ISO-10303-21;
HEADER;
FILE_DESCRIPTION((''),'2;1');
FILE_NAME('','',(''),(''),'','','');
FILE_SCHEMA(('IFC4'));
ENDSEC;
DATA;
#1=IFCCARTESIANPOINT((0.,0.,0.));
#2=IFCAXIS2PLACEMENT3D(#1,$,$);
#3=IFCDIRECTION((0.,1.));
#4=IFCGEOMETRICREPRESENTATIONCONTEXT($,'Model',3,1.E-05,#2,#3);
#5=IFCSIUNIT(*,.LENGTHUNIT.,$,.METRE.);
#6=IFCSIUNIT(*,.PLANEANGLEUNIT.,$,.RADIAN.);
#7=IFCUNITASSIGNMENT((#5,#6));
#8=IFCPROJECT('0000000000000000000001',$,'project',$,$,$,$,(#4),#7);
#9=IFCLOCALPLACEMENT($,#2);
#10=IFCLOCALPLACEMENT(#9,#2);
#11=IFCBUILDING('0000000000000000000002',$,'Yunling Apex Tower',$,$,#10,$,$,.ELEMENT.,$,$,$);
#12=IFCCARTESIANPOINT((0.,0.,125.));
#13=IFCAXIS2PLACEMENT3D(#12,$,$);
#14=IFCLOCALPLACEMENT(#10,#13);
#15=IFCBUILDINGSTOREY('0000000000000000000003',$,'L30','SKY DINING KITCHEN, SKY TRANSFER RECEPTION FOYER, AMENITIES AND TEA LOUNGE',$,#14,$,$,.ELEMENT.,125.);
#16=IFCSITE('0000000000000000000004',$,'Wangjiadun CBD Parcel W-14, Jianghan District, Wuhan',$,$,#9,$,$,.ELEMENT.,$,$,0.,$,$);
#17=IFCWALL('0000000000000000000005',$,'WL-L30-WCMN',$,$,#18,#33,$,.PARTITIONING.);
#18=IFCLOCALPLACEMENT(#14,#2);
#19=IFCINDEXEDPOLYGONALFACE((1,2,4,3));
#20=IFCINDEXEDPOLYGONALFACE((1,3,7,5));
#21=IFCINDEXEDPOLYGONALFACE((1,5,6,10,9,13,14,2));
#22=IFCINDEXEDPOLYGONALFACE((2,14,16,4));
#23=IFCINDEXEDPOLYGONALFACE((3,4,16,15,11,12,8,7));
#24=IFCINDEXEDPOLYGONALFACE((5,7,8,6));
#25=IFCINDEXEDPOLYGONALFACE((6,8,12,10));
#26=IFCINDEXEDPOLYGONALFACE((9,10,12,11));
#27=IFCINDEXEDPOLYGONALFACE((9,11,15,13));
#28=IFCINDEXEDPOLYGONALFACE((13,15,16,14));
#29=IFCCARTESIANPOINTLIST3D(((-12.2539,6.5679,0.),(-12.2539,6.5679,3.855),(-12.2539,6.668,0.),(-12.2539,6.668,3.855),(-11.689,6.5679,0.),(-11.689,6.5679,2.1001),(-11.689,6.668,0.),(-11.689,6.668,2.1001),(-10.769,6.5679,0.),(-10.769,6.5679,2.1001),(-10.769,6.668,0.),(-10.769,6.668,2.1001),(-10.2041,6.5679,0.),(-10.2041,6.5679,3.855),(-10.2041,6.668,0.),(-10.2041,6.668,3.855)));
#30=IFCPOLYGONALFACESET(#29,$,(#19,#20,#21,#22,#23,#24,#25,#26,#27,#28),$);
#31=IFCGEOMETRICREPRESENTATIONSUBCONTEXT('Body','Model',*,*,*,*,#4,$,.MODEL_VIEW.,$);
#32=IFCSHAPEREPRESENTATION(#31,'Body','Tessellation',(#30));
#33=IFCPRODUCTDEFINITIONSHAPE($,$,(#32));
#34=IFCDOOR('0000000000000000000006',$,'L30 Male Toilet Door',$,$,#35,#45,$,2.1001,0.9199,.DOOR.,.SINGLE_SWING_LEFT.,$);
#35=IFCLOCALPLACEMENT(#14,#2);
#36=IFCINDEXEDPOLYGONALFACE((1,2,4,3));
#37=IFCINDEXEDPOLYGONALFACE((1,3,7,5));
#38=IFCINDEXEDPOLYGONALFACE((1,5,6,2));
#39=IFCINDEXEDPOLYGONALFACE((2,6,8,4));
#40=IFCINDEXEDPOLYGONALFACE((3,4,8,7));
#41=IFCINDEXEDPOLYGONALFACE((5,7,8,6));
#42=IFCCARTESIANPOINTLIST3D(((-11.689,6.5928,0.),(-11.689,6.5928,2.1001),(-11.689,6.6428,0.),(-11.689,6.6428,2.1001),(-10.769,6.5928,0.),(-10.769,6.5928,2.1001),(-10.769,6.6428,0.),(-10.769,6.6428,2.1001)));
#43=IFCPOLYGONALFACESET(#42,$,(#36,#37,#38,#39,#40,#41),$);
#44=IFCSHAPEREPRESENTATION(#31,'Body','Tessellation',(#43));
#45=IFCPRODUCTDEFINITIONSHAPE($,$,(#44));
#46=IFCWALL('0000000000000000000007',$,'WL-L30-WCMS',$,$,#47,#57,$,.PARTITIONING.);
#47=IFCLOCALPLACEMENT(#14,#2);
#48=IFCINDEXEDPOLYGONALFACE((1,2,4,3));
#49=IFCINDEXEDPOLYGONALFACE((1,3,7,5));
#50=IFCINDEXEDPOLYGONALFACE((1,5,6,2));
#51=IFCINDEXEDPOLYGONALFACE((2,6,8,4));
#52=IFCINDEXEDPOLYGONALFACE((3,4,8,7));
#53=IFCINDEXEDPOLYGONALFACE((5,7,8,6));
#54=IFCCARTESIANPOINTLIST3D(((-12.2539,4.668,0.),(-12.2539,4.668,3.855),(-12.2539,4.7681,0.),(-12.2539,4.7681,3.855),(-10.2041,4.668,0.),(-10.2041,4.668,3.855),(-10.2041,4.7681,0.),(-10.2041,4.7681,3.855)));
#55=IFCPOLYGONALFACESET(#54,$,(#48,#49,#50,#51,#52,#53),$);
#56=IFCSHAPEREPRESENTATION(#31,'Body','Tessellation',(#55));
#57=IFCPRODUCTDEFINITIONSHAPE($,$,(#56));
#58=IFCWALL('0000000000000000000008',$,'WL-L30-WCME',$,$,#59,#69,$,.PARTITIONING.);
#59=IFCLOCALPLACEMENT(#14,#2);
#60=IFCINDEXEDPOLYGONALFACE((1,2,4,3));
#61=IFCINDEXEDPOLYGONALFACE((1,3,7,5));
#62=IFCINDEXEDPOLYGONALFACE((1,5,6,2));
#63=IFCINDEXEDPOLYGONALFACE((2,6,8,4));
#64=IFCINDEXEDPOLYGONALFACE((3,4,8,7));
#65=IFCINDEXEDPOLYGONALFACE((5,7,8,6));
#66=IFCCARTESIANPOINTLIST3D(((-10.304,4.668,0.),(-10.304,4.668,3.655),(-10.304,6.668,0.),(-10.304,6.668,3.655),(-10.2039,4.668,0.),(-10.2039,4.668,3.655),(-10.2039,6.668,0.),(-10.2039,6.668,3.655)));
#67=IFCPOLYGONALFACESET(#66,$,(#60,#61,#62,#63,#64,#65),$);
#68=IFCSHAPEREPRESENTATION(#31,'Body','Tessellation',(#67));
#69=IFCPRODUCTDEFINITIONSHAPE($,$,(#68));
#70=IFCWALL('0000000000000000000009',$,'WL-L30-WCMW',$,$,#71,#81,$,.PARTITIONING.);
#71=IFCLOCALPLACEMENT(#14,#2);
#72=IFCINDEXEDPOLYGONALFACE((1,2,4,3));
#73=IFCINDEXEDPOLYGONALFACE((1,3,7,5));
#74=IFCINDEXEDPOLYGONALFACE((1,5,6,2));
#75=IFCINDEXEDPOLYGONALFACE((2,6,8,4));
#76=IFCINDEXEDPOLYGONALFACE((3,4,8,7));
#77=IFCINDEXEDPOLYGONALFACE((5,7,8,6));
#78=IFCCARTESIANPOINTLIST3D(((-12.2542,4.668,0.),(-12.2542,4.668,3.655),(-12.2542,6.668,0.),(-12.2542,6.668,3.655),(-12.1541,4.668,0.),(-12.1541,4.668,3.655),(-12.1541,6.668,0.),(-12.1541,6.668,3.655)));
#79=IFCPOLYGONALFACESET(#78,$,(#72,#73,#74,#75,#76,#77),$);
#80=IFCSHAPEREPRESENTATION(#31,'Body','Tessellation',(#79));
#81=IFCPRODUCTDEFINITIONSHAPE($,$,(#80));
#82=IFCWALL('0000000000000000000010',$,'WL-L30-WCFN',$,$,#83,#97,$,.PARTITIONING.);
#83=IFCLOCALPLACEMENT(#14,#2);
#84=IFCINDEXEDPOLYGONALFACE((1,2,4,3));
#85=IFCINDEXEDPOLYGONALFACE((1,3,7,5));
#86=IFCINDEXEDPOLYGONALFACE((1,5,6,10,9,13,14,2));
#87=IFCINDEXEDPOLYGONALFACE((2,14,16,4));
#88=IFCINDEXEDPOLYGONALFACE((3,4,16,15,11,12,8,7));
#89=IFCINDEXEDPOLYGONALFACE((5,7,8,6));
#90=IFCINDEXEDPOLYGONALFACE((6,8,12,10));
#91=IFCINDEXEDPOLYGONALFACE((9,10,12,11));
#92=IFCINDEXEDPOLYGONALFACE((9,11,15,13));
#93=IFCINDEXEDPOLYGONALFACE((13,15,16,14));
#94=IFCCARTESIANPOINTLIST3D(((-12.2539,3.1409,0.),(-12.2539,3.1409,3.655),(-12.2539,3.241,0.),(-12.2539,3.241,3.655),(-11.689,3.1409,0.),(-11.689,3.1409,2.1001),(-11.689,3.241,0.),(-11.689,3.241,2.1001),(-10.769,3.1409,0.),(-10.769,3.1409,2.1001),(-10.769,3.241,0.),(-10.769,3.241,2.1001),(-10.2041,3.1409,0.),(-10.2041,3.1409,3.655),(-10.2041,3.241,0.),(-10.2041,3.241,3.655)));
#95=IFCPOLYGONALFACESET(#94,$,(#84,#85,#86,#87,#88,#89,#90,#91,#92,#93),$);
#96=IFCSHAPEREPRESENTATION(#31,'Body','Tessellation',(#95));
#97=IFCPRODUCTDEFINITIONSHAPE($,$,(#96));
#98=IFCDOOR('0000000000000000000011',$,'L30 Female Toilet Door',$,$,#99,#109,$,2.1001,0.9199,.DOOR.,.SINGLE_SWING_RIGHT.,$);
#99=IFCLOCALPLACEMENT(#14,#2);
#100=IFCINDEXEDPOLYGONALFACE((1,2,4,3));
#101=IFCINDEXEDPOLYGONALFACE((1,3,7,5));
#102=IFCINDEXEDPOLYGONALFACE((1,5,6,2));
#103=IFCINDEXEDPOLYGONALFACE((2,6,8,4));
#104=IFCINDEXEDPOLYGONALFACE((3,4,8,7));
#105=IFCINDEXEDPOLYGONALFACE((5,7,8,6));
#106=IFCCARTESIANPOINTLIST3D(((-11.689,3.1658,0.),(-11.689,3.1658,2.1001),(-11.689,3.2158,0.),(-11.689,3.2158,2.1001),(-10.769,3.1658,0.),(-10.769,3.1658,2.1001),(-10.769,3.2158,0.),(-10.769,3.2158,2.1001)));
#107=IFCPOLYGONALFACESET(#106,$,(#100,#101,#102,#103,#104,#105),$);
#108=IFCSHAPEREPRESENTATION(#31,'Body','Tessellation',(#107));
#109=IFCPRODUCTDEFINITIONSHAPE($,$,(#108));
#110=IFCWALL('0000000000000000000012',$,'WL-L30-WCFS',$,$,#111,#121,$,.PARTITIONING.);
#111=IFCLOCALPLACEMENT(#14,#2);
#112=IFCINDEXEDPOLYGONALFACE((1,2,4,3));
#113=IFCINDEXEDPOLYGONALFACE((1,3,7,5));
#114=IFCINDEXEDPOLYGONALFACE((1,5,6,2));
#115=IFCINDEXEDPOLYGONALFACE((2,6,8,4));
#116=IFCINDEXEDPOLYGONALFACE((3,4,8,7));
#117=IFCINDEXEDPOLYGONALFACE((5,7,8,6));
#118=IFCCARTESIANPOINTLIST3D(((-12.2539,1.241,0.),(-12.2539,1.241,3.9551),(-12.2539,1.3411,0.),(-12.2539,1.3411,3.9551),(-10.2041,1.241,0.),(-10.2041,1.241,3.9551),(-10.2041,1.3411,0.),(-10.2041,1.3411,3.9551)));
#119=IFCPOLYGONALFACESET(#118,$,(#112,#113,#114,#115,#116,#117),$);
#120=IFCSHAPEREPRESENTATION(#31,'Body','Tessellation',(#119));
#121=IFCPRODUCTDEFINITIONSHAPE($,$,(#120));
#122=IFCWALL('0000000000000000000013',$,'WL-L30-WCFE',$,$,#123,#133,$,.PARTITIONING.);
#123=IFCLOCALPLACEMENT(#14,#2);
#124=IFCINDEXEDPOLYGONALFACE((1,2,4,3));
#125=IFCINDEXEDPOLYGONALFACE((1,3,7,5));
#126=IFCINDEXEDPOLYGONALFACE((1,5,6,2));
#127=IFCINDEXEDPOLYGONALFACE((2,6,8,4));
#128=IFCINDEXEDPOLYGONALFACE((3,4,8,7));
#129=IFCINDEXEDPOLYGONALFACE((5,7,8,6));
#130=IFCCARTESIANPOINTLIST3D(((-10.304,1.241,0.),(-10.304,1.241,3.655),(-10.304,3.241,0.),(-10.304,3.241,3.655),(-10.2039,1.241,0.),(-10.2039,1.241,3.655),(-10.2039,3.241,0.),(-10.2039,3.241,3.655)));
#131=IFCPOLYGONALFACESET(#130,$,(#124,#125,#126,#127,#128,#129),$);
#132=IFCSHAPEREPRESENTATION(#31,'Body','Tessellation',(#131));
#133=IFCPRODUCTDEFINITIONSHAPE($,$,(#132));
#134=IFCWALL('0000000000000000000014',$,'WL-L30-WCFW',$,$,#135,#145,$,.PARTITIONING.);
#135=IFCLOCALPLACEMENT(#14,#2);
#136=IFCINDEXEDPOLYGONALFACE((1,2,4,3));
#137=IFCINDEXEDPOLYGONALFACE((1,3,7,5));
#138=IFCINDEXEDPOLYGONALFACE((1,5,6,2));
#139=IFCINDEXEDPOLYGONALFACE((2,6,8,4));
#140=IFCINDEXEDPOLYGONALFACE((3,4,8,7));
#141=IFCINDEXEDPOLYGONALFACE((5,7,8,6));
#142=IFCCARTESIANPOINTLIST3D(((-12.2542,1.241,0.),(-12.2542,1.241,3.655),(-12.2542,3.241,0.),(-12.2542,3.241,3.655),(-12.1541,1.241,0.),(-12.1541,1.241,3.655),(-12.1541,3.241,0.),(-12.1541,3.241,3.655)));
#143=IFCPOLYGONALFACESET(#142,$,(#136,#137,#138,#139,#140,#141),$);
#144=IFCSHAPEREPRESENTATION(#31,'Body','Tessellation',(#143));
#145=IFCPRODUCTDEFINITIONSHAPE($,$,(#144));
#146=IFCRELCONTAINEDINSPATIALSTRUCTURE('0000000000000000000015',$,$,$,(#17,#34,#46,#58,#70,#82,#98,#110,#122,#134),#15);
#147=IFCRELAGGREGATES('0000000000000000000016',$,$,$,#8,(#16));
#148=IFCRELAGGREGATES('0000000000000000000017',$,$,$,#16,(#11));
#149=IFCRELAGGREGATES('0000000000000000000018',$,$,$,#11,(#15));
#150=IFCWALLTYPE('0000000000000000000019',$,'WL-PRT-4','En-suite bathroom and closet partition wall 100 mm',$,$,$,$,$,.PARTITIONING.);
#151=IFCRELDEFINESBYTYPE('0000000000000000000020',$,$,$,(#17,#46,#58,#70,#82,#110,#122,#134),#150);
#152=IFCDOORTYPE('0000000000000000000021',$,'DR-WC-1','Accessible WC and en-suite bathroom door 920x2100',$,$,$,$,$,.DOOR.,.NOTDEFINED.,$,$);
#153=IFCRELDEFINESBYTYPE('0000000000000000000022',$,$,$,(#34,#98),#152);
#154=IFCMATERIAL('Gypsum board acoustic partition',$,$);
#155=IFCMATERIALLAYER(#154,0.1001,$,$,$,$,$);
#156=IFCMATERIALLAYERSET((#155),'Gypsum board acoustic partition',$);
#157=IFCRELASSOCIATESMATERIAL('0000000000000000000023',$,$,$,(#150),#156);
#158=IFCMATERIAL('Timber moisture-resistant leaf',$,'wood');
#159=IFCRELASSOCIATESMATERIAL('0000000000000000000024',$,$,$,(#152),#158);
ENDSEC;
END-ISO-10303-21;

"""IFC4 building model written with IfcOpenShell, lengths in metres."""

from ifc_helpers import new_model, si_unit, direction, frame, frame_2d, origin, place, context, subcontext, project, spatial, rectangle, extrude, material, layer, layer_set, type_object, element, fill, save


model = new_model("IFC4")

# Units and contexts
model_context = context("Model", 3, precision=1e-05, world=origin(), true_north=direction((0.0, 1.0)))
body_context = subcontext(model_context, "Body", "Model", "MODEL_VIEW")
ifc_project = project(units=[si_unit("LENGTHUNIT", "METRE"), si_unit("PLANEANGLEUNIT", "RADIAN")], contexts=[model_context])

# Site, building, storey
site_placement = place(None, origin())
site = spatial("IfcSite", under=ifc_project, at=site_placement, Name="Wangjiadun CBD Parcel W-14, Jianghan District, Wuhan", CompositionType="ELEMENT", RefElevation=0.0)
building_placement = place(site_placement, origin())
building = spatial("IfcBuilding", under=site, at=building_placement, Name="Yunling Apex Tower", CompositionType="ELEMENT")
storey_placement = place(building_placement, frame((0.0, 0.0, 125.0)))
storey = spatial("IfcBuildingStorey", under=building, at=storey_placement, Name="L30", Description="SKY DINING KITCHEN, SKY TRANSFER RECEPTION FOYER, AMENITIES AND TEA LOUNGE", CompositionType="ELEMENT", Elevation=125.0)

# Wall, opening, door
ifc_material_1 = material(Name="Gypsum board acoustic partition")
ifc_layer_1 = layer(ifc_material_1, 0.1001)
ifc_layer_set_1 = layer_set([ifc_layer_1], Name="Gypsum board acoustic partition")
wall_type = type_object("IfcWallType", Name="WL-PRT-4", Description="En-suite bathroom and closet partition wall 100 mm", PredefinedType="PARTITIONING", material=ifc_layer_set_1)
wall_1_placement = place(storey_placement, frame((-12.2539, 6.6179, 0.0), z_axis=(0.0, 0.0, 1.0), x_axis=(1.0, 0.0, 0.0)))
wall_1 = element("IfcWall", 1, at=wall_1_placement, inside=storey, type_object=wall_type, Name="WL-L30-WCMN", PredefinedType="PARTITIONING", context=body_context, shape_type="SweptSolid", body=[
    extrude(rectangle(XDim=2.0498, YDim=0.1001, at=frame_2d((1.0249, 0.0))), origin(), (0.0, 0.0, 1.0), 3.855),
])
opening_1_placement = place(wall_1_placement, frame((0.5649, 0.0, 0.0)))
opening_1 = element("IfcOpeningElement", 2, at=opening_1_placement, cuts=wall_1, PredefinedType="OPENING", context=body_context, shape_type="SweptSolid", body=[
    extrude(rectangle(XDim=0.9199, YDim=2.1001, at=frame_2d((0.46, 1.05))), frame((0.0, 0.0601, 0.0), z_axis=(0.0, -1.0, 0.0), x_axis=(1.0, 0.0, 0.0)), (0.0, 0.0, 1.0), 0.1201),
])
ifc_material_2 = material(Name="Timber moisture-resistant leaf", Category="wood")
door_type = type_object("IfcDoorType", Name="DR-WC-1", Description="Accessible WC and en-suite bathroom door 920x2100", OperationType="NOTDEFINED", PredefinedType="DOOR", material=ifc_material_2)
door_1_placement = place(opening_1_placement, origin())
door_1 = element("IfcDoor", 3, at=door_1_placement, inside=storey, type_object=door_type, Name="L30 Male Toilet Door", OperationType="SINGLE_SWING_LEFT", OverallHeight=2.1001, OverallWidth=0.9199, PredefinedType="DOOR", context=body_context, shape_type="SweptSolid", body=[
    extrude(rectangle(XDim=0.9199, YDim=2.1001, at=frame_2d((0.46, 1.05))), frame((0.0, 0.0249, 0.0), z_axis=(0.0, -1.0, 0.0), x_axis=(1.0, 0.0, 0.0)), (0.0, 0.0, 1.0), 0.05),
])
fill(opening_1, door_1)

# Walls
wall_2_placement = place(storey_placement, frame((-10.2041, 4.718, 0.0), z_axis=(0.0, 0.0, 1.0), x_axis=(-1.0, 0.0, 0.0)))
element("IfcWall", 4, at=wall_2_placement, inside=storey, type_object=wall_type, Name="WL-L30-WCMS", PredefinedType="PARTITIONING", context=body_context, shape_type="SweptSolid", body=[
    extrude(rectangle(XDim=2.0498, YDim=0.1001, at=frame_2d((1.0249, 0.0))), origin(), (0.0, 0.0, 1.0), 3.855),
])
for number, where, z_axis, x_axis, name in (
    (5, (-10.2539, 6.668, 0.0), (0.0, 0.0, 1.0), (0.0, -1.0, 0.0), "WL-L30-WCME"),
    (6, (-12.2041, 4.668, 0.0), (0.0, 0.0, 1.0), (0.0, 1.0, 0.0), "WL-L30-WCMW"),
):
    element("IfcWall", number, at=place(storey_placement, frame(where, z_axis=z_axis, x_axis=x_axis)), inside=storey, type_object=wall_type, Name=name, PredefinedType="PARTITIONING", context=body_context, shape_type="SweptSolid", body=[
        extrude(rectangle(XDim=2.0, YDim=0.1001, at=frame_2d((1.0, 0.0))), origin(), (0.0, 0.0, 1.0), 3.655),
    ])

# Wall, opening, door
wall_3_placement = place(storey_placement, frame((-12.2539, 3.1909, 0.0), z_axis=(0.0, 0.0, 1.0), x_axis=(1.0, 0.0, 0.0)))
wall_3 = element("IfcWall", 7, at=wall_3_placement, inside=storey, type_object=wall_type, Name="WL-L30-WCFN", PredefinedType="PARTITIONING", context=body_context, shape_type="SweptSolid", body=[
    extrude(rectangle(XDim=2.0498, YDim=0.1001, at=frame_2d((1.0249, 0.0))), origin(), (0.0, 0.0, 1.0), 3.655),
])
opening_2_placement = place(wall_3_placement, frame((0.5649, 0.0, 0.0)))
opening_2 = element("IfcOpeningElement", 8, at=opening_2_placement, cuts=wall_3, PredefinedType="OPENING", context=body_context, shape_type="SweptSolid", body=[
    extrude(rectangle(XDim=0.9199, YDim=2.1001, at=frame_2d((0.46, 1.05))), frame((0.0, 0.0601, 0.0), z_axis=(0.0, -1.0, 0.0), x_axis=(1.0, 0.0, 0.0)), (0.0, 0.0, 1.0), 0.1201),
])
door_2_placement = place(opening_2_placement, origin())
door_2 = element("IfcDoor", 9, at=door_2_placement, inside=storey, type_object=door_type, Name="L30 Female Toilet Door", OperationType="SINGLE_SWING_RIGHT", OverallHeight=2.1001, OverallWidth=0.9199, PredefinedType="DOOR", context=body_context, shape_type="SweptSolid", body=[
    extrude(rectangle(XDim=0.9199, YDim=2.1001, at=frame_2d((0.46, 1.05))), frame((0.0, 0.0249, 0.0), z_axis=(0.0, -1.0, 0.0), x_axis=(1.0, 0.0, 0.0)), (0.0, 0.0, 1.0), 0.05),
])
fill(opening_2, door_2)

# Walls
wall_4_placement = place(storey_placement, frame((-10.2041, 1.291, 0.0), z_axis=(0.0, 0.0, 1.0), x_axis=(-1.0, 0.0, 0.0)))
element("IfcWall", 10, at=wall_4_placement, inside=storey, type_object=wall_type, Name="WL-L30-WCFS", PredefinedType="PARTITIONING", context=body_context, shape_type="SweptSolid", body=[
    extrude(rectangle(XDim=2.0498, YDim=0.1001, at=frame_2d((1.0249, 0.0))), origin(), (0.0, 0.0, 1.0), 3.9551),
])
for number, where, z_axis, x_axis, name in (
    (11, (-10.2539, 3.241, 0.0), (0.0, 0.0, 1.0), (0.0, -1.0, 0.0), "WL-L30-WCFE"),
    (12, (-12.2041, 1.241, 0.0), (0.0, 0.0, 1.0), (0.0, 1.0, 0.0), "WL-L30-WCFW"),
):
    element("IfcWall", number, at=place(storey_placement, frame(where, z_axis=z_axis, x_axis=x_axis)), inside=storey, type_object=wall_type, Name=name, PredefinedType="PARTITIONING", context=body_context, shape_type="SweptSolid", body=[
        extrude(rectangle(XDim=2.0, YDim=0.1001, at=frame_2d((1.0, 0.0))), origin(), (0.0, 0.0, 1.0), 3.655),
    ])

save(model, "model.ifc")
